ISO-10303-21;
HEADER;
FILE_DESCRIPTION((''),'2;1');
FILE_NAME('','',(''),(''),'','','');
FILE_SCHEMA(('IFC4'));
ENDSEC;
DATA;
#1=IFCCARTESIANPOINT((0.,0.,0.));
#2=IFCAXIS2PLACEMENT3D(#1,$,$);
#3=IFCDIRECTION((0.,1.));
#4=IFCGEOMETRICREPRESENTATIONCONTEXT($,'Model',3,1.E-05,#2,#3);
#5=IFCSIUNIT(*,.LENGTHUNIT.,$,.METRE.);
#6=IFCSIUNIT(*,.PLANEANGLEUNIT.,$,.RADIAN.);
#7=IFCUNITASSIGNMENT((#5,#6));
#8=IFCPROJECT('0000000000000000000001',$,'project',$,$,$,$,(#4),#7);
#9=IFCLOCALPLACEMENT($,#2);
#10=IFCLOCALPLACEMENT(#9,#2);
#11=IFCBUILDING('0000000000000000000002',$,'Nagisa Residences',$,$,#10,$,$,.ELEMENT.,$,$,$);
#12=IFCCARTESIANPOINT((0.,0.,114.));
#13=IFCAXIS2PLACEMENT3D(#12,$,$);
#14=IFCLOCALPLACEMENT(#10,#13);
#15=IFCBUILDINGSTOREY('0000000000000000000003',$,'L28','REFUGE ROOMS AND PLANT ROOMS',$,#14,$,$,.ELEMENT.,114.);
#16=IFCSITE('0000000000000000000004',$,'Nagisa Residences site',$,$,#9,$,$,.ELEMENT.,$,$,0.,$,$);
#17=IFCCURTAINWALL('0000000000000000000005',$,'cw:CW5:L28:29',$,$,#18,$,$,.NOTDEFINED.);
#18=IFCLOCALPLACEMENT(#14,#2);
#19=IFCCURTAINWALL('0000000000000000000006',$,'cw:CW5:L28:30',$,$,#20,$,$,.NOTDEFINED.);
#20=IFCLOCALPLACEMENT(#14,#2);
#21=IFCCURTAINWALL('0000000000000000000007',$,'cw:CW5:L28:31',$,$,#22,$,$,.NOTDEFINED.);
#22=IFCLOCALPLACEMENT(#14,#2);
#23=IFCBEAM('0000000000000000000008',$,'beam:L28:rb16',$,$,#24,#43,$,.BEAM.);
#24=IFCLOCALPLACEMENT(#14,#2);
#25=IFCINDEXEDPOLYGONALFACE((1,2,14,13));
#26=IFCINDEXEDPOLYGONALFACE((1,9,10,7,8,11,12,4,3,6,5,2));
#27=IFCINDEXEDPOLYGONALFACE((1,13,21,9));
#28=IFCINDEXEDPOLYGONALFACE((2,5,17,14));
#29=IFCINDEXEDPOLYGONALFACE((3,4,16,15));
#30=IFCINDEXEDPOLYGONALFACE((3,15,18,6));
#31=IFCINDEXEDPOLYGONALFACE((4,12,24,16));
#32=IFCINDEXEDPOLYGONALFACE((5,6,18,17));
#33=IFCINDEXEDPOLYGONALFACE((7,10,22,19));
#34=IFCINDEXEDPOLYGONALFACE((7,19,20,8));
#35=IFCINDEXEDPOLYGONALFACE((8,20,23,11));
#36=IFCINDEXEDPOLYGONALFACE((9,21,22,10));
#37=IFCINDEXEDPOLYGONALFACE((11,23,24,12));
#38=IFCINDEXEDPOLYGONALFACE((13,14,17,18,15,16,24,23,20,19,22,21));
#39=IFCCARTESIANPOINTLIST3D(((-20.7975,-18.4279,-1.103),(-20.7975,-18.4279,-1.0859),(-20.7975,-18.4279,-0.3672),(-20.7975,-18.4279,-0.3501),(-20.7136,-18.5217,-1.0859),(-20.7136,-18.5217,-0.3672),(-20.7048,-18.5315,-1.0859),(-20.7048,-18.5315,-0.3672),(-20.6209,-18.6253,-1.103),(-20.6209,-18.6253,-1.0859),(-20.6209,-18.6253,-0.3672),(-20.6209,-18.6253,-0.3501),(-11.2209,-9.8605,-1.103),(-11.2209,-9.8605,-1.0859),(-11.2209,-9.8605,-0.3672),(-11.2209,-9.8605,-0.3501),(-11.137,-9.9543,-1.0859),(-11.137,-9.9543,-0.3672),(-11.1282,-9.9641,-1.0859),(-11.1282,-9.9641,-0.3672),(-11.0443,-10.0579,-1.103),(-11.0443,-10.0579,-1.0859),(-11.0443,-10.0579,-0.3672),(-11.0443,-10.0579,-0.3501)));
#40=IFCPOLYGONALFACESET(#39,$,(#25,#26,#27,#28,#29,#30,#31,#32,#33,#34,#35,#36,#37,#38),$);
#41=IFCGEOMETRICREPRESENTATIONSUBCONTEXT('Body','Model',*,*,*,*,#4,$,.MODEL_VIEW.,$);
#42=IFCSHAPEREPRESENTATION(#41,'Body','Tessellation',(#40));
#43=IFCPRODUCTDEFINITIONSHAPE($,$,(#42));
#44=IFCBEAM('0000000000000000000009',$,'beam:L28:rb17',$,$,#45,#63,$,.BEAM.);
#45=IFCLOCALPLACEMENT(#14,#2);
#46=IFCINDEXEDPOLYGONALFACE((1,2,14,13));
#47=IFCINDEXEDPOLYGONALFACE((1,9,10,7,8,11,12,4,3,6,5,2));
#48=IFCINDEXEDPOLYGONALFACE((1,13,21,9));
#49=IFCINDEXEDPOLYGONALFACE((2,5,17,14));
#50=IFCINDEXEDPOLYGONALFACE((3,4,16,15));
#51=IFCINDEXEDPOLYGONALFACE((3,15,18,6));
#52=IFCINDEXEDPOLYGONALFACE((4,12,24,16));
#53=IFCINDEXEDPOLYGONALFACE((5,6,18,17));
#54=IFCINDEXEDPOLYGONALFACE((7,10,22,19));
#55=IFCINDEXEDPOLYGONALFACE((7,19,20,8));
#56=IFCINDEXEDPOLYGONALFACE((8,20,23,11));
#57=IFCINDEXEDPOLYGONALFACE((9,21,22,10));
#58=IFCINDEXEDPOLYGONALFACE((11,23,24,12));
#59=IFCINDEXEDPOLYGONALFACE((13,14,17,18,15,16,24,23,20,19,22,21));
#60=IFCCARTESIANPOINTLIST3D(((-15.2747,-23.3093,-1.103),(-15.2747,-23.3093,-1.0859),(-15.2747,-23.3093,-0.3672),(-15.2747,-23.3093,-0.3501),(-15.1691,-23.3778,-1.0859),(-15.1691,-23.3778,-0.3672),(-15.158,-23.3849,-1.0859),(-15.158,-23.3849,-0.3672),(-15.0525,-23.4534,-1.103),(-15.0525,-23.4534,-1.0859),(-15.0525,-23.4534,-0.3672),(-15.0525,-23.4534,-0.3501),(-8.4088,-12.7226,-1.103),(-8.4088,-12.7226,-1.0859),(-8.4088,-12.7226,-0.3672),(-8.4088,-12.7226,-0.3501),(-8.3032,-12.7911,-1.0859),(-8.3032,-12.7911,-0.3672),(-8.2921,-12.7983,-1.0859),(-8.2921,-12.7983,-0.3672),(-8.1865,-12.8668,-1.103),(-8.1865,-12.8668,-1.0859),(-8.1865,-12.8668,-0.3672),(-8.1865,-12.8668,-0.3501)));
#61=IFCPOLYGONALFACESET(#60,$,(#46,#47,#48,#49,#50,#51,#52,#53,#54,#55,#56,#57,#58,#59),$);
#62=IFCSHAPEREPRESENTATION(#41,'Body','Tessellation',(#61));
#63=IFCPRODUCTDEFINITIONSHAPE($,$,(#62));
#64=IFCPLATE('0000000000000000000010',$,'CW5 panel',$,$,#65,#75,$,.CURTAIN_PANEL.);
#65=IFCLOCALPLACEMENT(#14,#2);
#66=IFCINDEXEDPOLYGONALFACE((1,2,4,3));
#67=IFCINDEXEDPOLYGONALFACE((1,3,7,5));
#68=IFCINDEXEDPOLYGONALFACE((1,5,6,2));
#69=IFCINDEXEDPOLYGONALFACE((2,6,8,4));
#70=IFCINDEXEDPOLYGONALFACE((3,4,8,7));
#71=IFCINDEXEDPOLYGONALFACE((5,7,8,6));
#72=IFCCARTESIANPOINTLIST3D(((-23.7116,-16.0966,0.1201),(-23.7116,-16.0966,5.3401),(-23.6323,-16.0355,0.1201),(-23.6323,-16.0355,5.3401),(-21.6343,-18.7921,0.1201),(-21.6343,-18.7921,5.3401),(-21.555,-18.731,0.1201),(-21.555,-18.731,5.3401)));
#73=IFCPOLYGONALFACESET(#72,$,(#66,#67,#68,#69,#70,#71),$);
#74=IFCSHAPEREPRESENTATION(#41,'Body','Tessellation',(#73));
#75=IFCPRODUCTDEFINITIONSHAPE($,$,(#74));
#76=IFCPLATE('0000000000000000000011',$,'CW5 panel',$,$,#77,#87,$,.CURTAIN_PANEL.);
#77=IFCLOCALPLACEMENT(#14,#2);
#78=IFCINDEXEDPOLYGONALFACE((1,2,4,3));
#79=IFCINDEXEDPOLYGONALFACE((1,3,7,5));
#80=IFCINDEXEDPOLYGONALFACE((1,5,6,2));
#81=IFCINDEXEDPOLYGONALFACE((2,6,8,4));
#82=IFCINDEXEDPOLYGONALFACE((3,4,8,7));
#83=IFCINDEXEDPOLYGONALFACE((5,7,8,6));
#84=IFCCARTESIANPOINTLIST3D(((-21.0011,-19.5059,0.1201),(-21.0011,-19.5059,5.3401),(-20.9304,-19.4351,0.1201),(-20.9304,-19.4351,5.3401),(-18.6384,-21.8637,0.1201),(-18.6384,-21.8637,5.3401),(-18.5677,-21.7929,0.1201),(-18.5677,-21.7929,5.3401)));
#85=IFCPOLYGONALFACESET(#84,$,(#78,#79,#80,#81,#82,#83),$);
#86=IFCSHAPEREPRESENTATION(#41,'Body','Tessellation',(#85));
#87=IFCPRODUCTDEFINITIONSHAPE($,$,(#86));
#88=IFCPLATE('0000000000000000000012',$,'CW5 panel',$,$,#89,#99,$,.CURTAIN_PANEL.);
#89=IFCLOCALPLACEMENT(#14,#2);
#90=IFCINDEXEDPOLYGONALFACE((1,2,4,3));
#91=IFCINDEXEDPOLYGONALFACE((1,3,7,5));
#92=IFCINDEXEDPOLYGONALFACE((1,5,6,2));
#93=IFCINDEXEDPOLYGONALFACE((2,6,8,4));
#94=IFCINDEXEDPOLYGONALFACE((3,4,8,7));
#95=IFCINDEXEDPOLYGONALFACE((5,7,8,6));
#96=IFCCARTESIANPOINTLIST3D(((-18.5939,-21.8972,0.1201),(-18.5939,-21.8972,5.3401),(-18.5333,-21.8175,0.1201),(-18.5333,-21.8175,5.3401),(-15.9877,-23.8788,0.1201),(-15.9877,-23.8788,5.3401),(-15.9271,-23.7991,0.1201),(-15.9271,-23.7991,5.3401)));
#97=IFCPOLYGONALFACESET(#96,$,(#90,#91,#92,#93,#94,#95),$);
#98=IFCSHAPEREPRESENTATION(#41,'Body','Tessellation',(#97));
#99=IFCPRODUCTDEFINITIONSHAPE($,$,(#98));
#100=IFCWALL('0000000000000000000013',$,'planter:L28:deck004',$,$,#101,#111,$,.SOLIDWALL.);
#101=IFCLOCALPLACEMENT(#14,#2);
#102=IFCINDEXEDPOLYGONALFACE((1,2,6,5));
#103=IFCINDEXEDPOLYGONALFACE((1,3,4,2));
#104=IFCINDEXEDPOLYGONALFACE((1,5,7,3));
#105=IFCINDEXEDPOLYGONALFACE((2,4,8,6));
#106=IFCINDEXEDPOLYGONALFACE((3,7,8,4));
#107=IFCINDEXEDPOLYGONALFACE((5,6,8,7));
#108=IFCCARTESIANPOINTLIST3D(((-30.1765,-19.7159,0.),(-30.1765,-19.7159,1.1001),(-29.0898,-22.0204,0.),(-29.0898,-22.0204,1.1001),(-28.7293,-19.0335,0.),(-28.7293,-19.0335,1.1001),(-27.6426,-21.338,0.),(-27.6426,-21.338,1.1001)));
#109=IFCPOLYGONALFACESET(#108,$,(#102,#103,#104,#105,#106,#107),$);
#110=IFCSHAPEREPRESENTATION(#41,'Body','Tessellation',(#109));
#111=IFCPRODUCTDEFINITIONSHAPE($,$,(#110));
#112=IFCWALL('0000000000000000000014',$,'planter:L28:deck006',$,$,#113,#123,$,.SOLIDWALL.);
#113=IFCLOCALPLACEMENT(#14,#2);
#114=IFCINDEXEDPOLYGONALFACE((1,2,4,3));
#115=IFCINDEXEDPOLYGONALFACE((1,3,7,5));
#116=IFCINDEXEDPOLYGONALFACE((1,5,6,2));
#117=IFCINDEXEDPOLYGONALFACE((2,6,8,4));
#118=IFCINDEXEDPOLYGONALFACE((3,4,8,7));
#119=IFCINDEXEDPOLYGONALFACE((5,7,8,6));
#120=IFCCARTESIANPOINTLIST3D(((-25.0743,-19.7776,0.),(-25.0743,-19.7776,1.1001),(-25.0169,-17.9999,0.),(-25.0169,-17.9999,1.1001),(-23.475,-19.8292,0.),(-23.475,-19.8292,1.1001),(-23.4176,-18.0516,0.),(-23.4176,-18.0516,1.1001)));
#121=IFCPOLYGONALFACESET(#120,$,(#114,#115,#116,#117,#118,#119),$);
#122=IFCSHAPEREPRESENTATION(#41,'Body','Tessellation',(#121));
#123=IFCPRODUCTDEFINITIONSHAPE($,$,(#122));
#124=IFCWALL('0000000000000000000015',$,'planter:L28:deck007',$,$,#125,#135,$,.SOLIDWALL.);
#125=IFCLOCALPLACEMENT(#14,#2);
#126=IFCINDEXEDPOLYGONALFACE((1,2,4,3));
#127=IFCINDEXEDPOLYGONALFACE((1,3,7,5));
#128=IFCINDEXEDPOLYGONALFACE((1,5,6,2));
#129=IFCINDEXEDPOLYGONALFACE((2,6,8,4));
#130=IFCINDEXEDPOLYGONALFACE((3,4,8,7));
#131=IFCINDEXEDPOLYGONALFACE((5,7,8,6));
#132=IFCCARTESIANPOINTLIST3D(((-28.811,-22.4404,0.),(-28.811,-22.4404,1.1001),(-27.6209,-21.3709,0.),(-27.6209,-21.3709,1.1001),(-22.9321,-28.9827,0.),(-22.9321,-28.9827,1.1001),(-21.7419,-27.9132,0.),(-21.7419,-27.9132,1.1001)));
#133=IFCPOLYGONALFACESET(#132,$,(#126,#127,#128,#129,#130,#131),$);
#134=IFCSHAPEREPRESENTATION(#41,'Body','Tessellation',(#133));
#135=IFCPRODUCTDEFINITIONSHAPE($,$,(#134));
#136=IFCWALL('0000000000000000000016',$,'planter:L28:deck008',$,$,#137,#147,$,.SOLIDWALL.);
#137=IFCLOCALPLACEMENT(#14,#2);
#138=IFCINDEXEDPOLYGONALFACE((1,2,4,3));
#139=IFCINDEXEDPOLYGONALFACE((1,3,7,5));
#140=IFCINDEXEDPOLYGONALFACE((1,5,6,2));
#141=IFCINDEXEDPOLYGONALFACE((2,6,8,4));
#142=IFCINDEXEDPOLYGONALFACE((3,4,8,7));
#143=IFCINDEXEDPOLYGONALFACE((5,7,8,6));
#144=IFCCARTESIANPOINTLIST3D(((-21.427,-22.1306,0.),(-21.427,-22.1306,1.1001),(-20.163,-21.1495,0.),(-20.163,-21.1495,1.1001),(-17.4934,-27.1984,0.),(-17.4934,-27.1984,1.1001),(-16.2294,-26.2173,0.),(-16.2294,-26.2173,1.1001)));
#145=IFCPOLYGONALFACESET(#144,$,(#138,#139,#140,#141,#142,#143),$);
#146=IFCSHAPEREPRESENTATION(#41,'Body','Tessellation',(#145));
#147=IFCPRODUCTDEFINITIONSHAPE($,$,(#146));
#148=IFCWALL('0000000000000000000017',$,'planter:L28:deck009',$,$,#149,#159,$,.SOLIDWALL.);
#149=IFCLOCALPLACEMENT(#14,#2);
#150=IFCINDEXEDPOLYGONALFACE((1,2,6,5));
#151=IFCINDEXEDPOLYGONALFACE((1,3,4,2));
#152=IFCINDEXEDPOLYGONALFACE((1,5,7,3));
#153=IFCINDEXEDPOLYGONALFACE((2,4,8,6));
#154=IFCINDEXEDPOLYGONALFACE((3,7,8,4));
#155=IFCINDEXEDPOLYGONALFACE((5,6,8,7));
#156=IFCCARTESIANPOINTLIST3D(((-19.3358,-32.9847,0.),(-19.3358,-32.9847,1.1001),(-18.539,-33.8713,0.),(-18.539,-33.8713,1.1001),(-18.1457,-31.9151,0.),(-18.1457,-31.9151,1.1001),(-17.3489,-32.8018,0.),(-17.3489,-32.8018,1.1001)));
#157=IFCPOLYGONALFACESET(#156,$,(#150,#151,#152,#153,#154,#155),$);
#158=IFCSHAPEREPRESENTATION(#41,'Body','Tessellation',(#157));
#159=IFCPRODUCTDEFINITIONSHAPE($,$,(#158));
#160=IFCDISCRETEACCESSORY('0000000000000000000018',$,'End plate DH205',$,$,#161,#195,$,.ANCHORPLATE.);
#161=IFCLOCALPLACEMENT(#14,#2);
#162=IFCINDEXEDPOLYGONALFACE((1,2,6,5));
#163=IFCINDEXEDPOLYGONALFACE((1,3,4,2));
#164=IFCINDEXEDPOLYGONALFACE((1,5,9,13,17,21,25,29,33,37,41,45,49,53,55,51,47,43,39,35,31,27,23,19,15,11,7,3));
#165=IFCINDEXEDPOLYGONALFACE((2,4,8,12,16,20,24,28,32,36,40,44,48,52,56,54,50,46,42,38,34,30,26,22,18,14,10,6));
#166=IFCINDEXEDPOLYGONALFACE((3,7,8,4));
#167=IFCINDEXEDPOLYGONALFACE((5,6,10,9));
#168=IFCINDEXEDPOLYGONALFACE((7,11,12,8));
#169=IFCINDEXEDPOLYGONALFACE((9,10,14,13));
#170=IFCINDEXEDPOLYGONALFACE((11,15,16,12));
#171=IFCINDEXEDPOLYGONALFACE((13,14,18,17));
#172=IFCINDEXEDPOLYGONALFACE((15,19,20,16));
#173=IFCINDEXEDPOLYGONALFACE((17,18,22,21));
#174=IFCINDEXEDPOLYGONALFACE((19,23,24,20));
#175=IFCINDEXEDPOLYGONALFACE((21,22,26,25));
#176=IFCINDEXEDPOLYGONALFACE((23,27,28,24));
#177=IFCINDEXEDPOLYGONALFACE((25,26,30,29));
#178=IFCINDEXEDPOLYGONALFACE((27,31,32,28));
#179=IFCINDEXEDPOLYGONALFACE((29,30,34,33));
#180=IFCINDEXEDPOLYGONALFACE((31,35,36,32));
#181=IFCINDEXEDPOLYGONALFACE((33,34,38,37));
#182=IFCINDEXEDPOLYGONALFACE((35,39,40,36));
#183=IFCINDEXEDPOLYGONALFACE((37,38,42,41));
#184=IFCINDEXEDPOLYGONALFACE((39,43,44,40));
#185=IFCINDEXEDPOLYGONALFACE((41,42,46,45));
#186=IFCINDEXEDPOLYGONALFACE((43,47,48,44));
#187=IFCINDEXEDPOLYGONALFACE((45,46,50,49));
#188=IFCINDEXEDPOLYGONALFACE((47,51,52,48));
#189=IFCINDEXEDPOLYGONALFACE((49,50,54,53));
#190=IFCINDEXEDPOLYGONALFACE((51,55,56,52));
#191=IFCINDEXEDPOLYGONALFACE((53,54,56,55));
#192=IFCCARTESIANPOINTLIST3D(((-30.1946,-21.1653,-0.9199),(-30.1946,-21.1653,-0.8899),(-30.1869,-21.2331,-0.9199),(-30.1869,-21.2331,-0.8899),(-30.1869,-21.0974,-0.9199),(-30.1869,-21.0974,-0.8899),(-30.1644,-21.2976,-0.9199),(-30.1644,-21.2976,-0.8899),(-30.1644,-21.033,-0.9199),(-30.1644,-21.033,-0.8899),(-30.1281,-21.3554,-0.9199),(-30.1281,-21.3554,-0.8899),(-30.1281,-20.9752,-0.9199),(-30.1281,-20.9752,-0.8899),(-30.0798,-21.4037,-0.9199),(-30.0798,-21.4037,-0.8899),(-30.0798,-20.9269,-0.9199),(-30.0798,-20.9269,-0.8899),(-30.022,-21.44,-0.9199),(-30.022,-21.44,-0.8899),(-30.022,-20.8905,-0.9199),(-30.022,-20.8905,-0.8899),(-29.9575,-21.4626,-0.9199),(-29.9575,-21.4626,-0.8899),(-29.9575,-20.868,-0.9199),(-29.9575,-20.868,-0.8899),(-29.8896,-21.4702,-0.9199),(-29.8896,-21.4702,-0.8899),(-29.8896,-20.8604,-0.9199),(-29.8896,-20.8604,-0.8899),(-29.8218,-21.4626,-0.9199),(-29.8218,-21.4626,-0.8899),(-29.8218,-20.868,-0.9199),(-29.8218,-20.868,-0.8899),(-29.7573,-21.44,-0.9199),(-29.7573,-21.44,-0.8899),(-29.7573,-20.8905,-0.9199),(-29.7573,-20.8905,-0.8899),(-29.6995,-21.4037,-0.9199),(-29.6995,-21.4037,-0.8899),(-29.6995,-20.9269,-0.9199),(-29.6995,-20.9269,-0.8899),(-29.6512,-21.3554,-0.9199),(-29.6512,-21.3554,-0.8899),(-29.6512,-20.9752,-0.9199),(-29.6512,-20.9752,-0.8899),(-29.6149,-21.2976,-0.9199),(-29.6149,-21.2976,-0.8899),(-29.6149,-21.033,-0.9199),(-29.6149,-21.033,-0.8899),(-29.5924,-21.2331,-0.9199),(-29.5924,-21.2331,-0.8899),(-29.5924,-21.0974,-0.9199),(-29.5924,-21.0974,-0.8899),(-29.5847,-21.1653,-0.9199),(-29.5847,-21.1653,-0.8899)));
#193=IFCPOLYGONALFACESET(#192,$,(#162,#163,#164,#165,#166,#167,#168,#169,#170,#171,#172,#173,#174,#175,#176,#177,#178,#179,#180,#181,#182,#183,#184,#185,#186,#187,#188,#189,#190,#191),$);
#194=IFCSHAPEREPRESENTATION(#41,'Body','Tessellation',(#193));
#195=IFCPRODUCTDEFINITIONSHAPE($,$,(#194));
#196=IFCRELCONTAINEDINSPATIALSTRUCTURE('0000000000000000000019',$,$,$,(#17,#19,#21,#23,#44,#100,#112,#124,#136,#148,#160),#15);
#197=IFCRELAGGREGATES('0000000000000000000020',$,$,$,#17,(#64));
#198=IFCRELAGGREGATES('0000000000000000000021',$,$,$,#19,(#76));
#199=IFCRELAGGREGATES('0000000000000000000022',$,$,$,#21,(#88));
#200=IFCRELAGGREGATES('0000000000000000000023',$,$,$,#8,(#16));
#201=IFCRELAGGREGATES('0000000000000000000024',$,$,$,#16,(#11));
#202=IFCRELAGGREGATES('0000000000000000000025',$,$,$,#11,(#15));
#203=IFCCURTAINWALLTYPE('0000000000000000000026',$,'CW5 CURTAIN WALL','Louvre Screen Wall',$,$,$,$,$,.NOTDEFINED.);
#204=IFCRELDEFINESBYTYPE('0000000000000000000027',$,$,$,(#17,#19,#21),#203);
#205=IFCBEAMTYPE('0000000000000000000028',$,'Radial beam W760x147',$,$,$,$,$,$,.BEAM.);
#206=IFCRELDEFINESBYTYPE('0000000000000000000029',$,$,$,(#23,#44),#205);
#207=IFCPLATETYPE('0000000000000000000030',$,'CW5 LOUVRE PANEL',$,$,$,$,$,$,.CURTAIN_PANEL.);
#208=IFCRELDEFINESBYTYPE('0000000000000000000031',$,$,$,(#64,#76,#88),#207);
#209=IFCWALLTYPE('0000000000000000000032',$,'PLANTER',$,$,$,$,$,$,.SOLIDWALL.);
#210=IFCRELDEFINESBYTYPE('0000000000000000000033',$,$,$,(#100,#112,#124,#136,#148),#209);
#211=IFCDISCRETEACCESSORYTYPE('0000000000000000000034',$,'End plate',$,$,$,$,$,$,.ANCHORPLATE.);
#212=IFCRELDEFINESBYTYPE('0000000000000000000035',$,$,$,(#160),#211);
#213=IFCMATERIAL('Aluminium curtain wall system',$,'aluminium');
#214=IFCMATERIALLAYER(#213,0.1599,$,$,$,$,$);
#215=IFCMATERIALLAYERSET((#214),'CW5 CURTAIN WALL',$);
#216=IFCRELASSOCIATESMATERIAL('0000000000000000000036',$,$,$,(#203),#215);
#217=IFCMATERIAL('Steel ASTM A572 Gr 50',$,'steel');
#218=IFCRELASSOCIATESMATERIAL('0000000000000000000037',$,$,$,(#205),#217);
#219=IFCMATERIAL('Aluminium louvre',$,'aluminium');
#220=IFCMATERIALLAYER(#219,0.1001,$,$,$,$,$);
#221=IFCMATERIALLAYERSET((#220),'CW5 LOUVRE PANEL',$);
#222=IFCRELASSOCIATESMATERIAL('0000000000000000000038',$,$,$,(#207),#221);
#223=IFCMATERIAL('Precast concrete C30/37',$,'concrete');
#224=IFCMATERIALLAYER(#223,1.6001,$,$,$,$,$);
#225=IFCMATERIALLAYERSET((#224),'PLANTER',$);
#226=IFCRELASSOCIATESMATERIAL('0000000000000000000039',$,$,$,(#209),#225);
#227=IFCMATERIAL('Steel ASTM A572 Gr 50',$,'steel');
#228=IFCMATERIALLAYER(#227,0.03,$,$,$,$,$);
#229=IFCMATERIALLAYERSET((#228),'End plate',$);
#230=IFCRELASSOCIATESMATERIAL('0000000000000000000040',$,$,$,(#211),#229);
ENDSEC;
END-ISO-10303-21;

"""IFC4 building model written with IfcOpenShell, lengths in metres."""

from ifc_helpers import new_model, si_unit, direction, frame, frame_2d, origin, origin_2d, place, context, subcontext, project, spatial, rectangle, circle, i_section, extrude, material, layer, layer_set, material_profile, profile_set, type_object, element, aggregate, save


model = new_model("IFC4")

# Units and contexts
model_context = context("Model", 3, precision=1e-05, world=origin(), true_north=direction((0.0, 1.0)))
body_context = subcontext(model_context, "Body", "Model", "MODEL_VIEW")
ifc_project = project(units=[si_unit("LENGTHUNIT", "METRE"), si_unit("PLANEANGLEUNIT", "RADIAN")], contexts=[model_context])

# Site, building, storey
site_placement = place(None, origin())
site = spatial("IfcSite", under=ifc_project, at=site_placement, Name="Nagisa Residences site", CompositionType="ELEMENT", RefElevation=0.0)
building_placement = place(site_placement, origin())
building = spatial("IfcBuilding", under=site, at=building_placement, Name="Nagisa Residences", CompositionType="ELEMENT")
storey_placement = place(building_placement, frame((0.0, 0.0, 114.0)))
storey = spatial("IfcBuildingStorey", under=building, at=storey_placement, Name="L28", Description="REFUGE ROOMS AND PLANT ROOMS", CompositionType="ELEMENT", Elevation=114.0)

# Curtain walls
ifc_material_1 = material(Name="Aluminium curtain wall system", Category="aluminium")
ifc_layer_1 = layer(ifc_material_1, 0.1599)
ifc_layer_set_1 = layer_set([ifc_layer_1], Name="CW5 CURTAIN WALL")
curtain_wall_type = type_object("IfcCurtainWallType", Name="CW5 CURTAIN WALL", Description="Louvre Screen Wall", PredefinedType="NOTDEFINED", material=ifc_layer_set_1)
curtain_wall_1_placement = place(storey_placement, origin())
curtain_wall_1 = element("IfcCurtainWall", 1, at=curtain_wall_1_placement, inside=storey, type_object=curtain_wall_type, Name="cw:CW5:L28:29", PredefinedType="NOTDEFINED")
curtain_wall_2_placement = place(storey_placement, origin())
curtain_wall_2 = element("IfcCurtainWall", 2, at=curtain_wall_2_placement, inside=storey, type_object=curtain_wall_type, Name="cw:CW5:L28:30", PredefinedType="NOTDEFINED")
curtain_wall_3_placement = place(storey_placement, origin())
curtain_wall_3 = element("IfcCurtainWall", 3, at=curtain_wall_3_placement, inside=storey, type_object=curtain_wall_type, Name="cw:CW5:L28:31", PredefinedType="NOTDEFINED")

# Beams
ifc_material_2 = material(Name="Steel ASTM A572 Gr 50", Category="steel")
ifc_material_profile_1 = material_profile(ifc_material_2, i_section(OverallWidth=0.2649, OverallDepth=0.7529, WebThickness=0.0132, FlangeThickness=0.0171, at=origin_2d()), Name="W760x147")
ifc_profile_set_1 = profile_set([ifc_material_profile_1], Name="Steel ASTM A572 Gr 50")
beam_type_1 = type_object("IfcBeamType", Name="Radial beam W760x147", PredefinedType="BEAM", material=ifc_profile_set_1)
beam_1_placement = place(storey_placement, frame((-20.7092, -18.5266, -0.7266), z_axis=(0.745288, 0.666743, 0.0), x_axis=(-0.666743, 0.745288, 0.0)))
element("IfcBeam", 4, at=beam_1_placement, inside=storey, type_object=beam_type_1, Name="beam:L28:rb16", PredefinedType="BEAM", context=body_context, shape_type="SweptSolid", body=[
    extrude(i_section(OverallWidth=0.2649, OverallDepth=0.7529, WebThickness=0.0132, FlangeThickness=0.0171, at=origin_2d()), origin(), (0.0, 0.0, 1.0), 12.8496),
])
beam_2_placement = place(storey_placement, frame((-15.1636, -23.3813, -0.7266), z_axis=(0.544132, 0.839, 0.0), x_axis=(-0.839, 0.544132, 0.0)))
element("IfcBeam", 5, at=beam_2_placement, inside=storey, type_object=beam_type_1, Name="beam:L28:rb17", PredefinedType="BEAM", context=body_context, shape_type="SweptSolid", body=[
    extrude(i_section(OverallWidth=0.2649, OverallDepth=0.7529, WebThickness=0.0132, FlangeThickness=0.0171, at=origin_2d()), origin(), (0.0, 0.0, 1.0), 12.6182),
])

# Plates
ifc_material_3 = material(Name="Aluminium louvre", Category="aluminium")
ifc_layer_2 = layer(ifc_material_3, 0.1001)
ifc_layer_set_2 = layer_set([ifc_layer_2], Name="CW5 LOUVRE PANEL")
plate_type = type_object("IfcPlateType", Name="CW5 LOUVRE PANEL", PredefinedType="CURTAIN_PANEL", material=ifc_layer_set_2)
plate_1_placement = place(storey_placement, frame((-22.6333, -17.4138, 0.1201), z_axis=(0.0, 0.0, 1.0), x_axis=(0.61043, -0.79207, 0.0)))
plate_1 = element("IfcPlate", 6, at=plate_1_placement, type_object=plate_type, Name="CW5 panel", PredefinedType="CURTAIN_PANEL", context=body_context, shape_type="SweptSolid", body=[
    extrude(rectangle(XDim=3.4031, YDim=0.1001, at=origin_2d()), origin(), (0.0, 0.0, 1.0), 5.22),
])
aggregate(curtain_wall_1, [plate_1])
plate_2_placement = place(storey_placement, frame((-19.7844, -20.6494, 0.1201), z_axis=(0.0, 0.0, 1.0), x_axis=(0.707836, -0.706377, 0.0)))
plate_2 = element("IfcPlate", 7, at=plate_2_placement, type_object=plate_type, Name="CW5 panel", PredefinedType="CURTAIN_PANEL", context=body_context, shape_type="SweptSolid", body=[
    extrude(rectangle(XDim=3.3379, YDim=0.1001, at=origin_2d()), origin(), (0.0, 0.0, 1.0), 5.22),
])
aggregate(curtain_wall_2, [plate_2])
plate_3_placement = place(storey_placement, frame((-17.2605, -22.8481, 0.1201), z_axis=(0.0, 0.0, 1.0), x_axis=(0.796031, -0.605255, 0.0)))
plate_3 = element("IfcPlate", 8, at=plate_3_placement, type_object=plate_type, Name="CW5 panel", PredefinedType="CURTAIN_PANEL", context=body_context, shape_type="SweptSolid", body=[
    extrude(rectangle(XDim=3.2739, YDim=0.1001, at=origin_2d()), origin(), (0.0, 0.0, 1.0), 5.22),
])
aggregate(curtain_wall_3, [plate_3])

# Walls
ifc_material_4 = material(Name="Precast concrete C30/37", Category="concrete")
ifc_layer_3 = layer(ifc_material_4, 1.6001)
ifc_layer_set_3 = layer_set([ifc_layer_3], Name="PLANTER")
wall_type = type_object("IfcWallType", Name="PLANTER", PredefinedType="SOLIDWALL", material=ifc_layer_set_3)
wall_1_placement = place(storey_placement, frame((-28.3662, -21.6792, 0.0), z_axis=(0.0, 0.0, 1.0), x_axis=(-0.426512, 0.904482, 0.0)))
element("IfcWall", 9, at=wall_1_placement, inside=storey, type_object=wall_type, Name="planter:L28:deck004", PredefinedType="SOLIDWALL", context=body_context, shape_type="SweptSolid", body=[
    extrude(rectangle(XDim=2.5479, YDim=1.6001, at=frame_2d((1.2739, 0.0))), origin(), (0.0, 0.0, 1.0), 1.1001),
])
wall_2_placement = place(storey_placement, frame((-24.2173, -18.0259, 0.0), z_axis=(0.0, 0.0, 1.0), x_axis=(-0.032259, -0.99948, 0.0)))
element("IfcWall", 10, at=wall_2_placement, inside=storey, type_object=wall_type, Name="planter:L28:deck006", PredefinedType="SOLIDWALL", context=body_context, shape_type="SweptSolid", body=[
    extrude(rectangle(XDim=1.7786, YDim=1.6001, at=frame_2d((0.8892, 0.0))), origin(), (0.0, 0.0, 1.0), 1.1001),
])
wall_3_placement = place(storey_placement, frame((-22.3369, -28.448, 0.0), z_axis=(0.0, 0.0, 1.0), x_axis=(-0.668393, 0.743809, 0.0)))
element("IfcWall", 11, at=wall_3_placement, inside=storey, type_object=wall_type, Name="planter:L28:deck007", PredefinedType="SOLIDWALL", context=body_context, shape_type="SweptSolid", body=[
    extrude(rectangle(XDim=8.7957, YDim=1.6001, at=frame_2d((4.3979, 0.0))), origin(), (0.0, 0.0, 1.0), 1.1001),
])
wall_4_placement = place(storey_placement, frame((-20.7949, -21.6401, 0.0), z_axis=(0.0, 0.0, 1.0), x_axis=(0.613155, -0.789962, 0.0)))
element("IfcWall", 12, at=wall_4_placement, inside=storey, type_object=wall_type, Name="planter:L28:deck008", PredefinedType="SOLIDWALL", context=body_context, shape_type="SweptSolid", body=[
    extrude(rectangle(XDim=6.4153, YDim=1.6001, at=frame_2d((3.2075, 0.0))), origin(), (0.0, 0.0, 1.0), 1.1001),
])
wall_5_placement = place(storey_placement, frame((-17.9438, -33.3367, 0.0), z_axis=(0.0, 0.0, 1.0), x_axis=(-0.668421, 0.743783, 0.0)))
element("IfcWall", 13, at=wall_5_placement, inside=storey, type_object=wall_type, Name="planter:L28:deck009", PredefinedType="SOLIDWALL", context=body_context, shape_type="SweptSolid", body=[
    extrude(rectangle(XDim=1.1921, YDim=1.6001, at=frame_2d((0.5962, 0.0))), origin(), (0.0, 0.0, 1.0), 1.1001),
])

# Discrete accessory
ifc_material_5 = material(Name="Steel ASTM A572 Gr 50", Category="steel")
ifc_layer_4 = layer(ifc_material_5, 0.03)
ifc_layer_set_4 = layer_set([ifc_layer_4], Name="End plate")
discrete_accessory_type = type_object("IfcDiscreteAccessoryType", Name="End plate", PredefinedType="ANCHORPLATE", material=ifc_layer_set_4)
discrete_accessory_placement = place(storey_placement, frame((-29.8896, -21.1653, -0.8899), z_axis=(0.0, 0.0, -1.0), x_axis=(1.0, 0.0, 0.0)))
element("IfcDiscreteAccessory", 14, at=discrete_accessory_placement, inside=storey, type_object=discrete_accessory_type, Name="End plate DH205", PredefinedType="ANCHORPLATE", context=body_context, shape_type="SweptSolid", body=[
    extrude(circle(Radius=0.3049, at=origin_2d()), origin(), (0.0, 0.0, 1.0), 0.03),
])

save(model, "model.ifc")
